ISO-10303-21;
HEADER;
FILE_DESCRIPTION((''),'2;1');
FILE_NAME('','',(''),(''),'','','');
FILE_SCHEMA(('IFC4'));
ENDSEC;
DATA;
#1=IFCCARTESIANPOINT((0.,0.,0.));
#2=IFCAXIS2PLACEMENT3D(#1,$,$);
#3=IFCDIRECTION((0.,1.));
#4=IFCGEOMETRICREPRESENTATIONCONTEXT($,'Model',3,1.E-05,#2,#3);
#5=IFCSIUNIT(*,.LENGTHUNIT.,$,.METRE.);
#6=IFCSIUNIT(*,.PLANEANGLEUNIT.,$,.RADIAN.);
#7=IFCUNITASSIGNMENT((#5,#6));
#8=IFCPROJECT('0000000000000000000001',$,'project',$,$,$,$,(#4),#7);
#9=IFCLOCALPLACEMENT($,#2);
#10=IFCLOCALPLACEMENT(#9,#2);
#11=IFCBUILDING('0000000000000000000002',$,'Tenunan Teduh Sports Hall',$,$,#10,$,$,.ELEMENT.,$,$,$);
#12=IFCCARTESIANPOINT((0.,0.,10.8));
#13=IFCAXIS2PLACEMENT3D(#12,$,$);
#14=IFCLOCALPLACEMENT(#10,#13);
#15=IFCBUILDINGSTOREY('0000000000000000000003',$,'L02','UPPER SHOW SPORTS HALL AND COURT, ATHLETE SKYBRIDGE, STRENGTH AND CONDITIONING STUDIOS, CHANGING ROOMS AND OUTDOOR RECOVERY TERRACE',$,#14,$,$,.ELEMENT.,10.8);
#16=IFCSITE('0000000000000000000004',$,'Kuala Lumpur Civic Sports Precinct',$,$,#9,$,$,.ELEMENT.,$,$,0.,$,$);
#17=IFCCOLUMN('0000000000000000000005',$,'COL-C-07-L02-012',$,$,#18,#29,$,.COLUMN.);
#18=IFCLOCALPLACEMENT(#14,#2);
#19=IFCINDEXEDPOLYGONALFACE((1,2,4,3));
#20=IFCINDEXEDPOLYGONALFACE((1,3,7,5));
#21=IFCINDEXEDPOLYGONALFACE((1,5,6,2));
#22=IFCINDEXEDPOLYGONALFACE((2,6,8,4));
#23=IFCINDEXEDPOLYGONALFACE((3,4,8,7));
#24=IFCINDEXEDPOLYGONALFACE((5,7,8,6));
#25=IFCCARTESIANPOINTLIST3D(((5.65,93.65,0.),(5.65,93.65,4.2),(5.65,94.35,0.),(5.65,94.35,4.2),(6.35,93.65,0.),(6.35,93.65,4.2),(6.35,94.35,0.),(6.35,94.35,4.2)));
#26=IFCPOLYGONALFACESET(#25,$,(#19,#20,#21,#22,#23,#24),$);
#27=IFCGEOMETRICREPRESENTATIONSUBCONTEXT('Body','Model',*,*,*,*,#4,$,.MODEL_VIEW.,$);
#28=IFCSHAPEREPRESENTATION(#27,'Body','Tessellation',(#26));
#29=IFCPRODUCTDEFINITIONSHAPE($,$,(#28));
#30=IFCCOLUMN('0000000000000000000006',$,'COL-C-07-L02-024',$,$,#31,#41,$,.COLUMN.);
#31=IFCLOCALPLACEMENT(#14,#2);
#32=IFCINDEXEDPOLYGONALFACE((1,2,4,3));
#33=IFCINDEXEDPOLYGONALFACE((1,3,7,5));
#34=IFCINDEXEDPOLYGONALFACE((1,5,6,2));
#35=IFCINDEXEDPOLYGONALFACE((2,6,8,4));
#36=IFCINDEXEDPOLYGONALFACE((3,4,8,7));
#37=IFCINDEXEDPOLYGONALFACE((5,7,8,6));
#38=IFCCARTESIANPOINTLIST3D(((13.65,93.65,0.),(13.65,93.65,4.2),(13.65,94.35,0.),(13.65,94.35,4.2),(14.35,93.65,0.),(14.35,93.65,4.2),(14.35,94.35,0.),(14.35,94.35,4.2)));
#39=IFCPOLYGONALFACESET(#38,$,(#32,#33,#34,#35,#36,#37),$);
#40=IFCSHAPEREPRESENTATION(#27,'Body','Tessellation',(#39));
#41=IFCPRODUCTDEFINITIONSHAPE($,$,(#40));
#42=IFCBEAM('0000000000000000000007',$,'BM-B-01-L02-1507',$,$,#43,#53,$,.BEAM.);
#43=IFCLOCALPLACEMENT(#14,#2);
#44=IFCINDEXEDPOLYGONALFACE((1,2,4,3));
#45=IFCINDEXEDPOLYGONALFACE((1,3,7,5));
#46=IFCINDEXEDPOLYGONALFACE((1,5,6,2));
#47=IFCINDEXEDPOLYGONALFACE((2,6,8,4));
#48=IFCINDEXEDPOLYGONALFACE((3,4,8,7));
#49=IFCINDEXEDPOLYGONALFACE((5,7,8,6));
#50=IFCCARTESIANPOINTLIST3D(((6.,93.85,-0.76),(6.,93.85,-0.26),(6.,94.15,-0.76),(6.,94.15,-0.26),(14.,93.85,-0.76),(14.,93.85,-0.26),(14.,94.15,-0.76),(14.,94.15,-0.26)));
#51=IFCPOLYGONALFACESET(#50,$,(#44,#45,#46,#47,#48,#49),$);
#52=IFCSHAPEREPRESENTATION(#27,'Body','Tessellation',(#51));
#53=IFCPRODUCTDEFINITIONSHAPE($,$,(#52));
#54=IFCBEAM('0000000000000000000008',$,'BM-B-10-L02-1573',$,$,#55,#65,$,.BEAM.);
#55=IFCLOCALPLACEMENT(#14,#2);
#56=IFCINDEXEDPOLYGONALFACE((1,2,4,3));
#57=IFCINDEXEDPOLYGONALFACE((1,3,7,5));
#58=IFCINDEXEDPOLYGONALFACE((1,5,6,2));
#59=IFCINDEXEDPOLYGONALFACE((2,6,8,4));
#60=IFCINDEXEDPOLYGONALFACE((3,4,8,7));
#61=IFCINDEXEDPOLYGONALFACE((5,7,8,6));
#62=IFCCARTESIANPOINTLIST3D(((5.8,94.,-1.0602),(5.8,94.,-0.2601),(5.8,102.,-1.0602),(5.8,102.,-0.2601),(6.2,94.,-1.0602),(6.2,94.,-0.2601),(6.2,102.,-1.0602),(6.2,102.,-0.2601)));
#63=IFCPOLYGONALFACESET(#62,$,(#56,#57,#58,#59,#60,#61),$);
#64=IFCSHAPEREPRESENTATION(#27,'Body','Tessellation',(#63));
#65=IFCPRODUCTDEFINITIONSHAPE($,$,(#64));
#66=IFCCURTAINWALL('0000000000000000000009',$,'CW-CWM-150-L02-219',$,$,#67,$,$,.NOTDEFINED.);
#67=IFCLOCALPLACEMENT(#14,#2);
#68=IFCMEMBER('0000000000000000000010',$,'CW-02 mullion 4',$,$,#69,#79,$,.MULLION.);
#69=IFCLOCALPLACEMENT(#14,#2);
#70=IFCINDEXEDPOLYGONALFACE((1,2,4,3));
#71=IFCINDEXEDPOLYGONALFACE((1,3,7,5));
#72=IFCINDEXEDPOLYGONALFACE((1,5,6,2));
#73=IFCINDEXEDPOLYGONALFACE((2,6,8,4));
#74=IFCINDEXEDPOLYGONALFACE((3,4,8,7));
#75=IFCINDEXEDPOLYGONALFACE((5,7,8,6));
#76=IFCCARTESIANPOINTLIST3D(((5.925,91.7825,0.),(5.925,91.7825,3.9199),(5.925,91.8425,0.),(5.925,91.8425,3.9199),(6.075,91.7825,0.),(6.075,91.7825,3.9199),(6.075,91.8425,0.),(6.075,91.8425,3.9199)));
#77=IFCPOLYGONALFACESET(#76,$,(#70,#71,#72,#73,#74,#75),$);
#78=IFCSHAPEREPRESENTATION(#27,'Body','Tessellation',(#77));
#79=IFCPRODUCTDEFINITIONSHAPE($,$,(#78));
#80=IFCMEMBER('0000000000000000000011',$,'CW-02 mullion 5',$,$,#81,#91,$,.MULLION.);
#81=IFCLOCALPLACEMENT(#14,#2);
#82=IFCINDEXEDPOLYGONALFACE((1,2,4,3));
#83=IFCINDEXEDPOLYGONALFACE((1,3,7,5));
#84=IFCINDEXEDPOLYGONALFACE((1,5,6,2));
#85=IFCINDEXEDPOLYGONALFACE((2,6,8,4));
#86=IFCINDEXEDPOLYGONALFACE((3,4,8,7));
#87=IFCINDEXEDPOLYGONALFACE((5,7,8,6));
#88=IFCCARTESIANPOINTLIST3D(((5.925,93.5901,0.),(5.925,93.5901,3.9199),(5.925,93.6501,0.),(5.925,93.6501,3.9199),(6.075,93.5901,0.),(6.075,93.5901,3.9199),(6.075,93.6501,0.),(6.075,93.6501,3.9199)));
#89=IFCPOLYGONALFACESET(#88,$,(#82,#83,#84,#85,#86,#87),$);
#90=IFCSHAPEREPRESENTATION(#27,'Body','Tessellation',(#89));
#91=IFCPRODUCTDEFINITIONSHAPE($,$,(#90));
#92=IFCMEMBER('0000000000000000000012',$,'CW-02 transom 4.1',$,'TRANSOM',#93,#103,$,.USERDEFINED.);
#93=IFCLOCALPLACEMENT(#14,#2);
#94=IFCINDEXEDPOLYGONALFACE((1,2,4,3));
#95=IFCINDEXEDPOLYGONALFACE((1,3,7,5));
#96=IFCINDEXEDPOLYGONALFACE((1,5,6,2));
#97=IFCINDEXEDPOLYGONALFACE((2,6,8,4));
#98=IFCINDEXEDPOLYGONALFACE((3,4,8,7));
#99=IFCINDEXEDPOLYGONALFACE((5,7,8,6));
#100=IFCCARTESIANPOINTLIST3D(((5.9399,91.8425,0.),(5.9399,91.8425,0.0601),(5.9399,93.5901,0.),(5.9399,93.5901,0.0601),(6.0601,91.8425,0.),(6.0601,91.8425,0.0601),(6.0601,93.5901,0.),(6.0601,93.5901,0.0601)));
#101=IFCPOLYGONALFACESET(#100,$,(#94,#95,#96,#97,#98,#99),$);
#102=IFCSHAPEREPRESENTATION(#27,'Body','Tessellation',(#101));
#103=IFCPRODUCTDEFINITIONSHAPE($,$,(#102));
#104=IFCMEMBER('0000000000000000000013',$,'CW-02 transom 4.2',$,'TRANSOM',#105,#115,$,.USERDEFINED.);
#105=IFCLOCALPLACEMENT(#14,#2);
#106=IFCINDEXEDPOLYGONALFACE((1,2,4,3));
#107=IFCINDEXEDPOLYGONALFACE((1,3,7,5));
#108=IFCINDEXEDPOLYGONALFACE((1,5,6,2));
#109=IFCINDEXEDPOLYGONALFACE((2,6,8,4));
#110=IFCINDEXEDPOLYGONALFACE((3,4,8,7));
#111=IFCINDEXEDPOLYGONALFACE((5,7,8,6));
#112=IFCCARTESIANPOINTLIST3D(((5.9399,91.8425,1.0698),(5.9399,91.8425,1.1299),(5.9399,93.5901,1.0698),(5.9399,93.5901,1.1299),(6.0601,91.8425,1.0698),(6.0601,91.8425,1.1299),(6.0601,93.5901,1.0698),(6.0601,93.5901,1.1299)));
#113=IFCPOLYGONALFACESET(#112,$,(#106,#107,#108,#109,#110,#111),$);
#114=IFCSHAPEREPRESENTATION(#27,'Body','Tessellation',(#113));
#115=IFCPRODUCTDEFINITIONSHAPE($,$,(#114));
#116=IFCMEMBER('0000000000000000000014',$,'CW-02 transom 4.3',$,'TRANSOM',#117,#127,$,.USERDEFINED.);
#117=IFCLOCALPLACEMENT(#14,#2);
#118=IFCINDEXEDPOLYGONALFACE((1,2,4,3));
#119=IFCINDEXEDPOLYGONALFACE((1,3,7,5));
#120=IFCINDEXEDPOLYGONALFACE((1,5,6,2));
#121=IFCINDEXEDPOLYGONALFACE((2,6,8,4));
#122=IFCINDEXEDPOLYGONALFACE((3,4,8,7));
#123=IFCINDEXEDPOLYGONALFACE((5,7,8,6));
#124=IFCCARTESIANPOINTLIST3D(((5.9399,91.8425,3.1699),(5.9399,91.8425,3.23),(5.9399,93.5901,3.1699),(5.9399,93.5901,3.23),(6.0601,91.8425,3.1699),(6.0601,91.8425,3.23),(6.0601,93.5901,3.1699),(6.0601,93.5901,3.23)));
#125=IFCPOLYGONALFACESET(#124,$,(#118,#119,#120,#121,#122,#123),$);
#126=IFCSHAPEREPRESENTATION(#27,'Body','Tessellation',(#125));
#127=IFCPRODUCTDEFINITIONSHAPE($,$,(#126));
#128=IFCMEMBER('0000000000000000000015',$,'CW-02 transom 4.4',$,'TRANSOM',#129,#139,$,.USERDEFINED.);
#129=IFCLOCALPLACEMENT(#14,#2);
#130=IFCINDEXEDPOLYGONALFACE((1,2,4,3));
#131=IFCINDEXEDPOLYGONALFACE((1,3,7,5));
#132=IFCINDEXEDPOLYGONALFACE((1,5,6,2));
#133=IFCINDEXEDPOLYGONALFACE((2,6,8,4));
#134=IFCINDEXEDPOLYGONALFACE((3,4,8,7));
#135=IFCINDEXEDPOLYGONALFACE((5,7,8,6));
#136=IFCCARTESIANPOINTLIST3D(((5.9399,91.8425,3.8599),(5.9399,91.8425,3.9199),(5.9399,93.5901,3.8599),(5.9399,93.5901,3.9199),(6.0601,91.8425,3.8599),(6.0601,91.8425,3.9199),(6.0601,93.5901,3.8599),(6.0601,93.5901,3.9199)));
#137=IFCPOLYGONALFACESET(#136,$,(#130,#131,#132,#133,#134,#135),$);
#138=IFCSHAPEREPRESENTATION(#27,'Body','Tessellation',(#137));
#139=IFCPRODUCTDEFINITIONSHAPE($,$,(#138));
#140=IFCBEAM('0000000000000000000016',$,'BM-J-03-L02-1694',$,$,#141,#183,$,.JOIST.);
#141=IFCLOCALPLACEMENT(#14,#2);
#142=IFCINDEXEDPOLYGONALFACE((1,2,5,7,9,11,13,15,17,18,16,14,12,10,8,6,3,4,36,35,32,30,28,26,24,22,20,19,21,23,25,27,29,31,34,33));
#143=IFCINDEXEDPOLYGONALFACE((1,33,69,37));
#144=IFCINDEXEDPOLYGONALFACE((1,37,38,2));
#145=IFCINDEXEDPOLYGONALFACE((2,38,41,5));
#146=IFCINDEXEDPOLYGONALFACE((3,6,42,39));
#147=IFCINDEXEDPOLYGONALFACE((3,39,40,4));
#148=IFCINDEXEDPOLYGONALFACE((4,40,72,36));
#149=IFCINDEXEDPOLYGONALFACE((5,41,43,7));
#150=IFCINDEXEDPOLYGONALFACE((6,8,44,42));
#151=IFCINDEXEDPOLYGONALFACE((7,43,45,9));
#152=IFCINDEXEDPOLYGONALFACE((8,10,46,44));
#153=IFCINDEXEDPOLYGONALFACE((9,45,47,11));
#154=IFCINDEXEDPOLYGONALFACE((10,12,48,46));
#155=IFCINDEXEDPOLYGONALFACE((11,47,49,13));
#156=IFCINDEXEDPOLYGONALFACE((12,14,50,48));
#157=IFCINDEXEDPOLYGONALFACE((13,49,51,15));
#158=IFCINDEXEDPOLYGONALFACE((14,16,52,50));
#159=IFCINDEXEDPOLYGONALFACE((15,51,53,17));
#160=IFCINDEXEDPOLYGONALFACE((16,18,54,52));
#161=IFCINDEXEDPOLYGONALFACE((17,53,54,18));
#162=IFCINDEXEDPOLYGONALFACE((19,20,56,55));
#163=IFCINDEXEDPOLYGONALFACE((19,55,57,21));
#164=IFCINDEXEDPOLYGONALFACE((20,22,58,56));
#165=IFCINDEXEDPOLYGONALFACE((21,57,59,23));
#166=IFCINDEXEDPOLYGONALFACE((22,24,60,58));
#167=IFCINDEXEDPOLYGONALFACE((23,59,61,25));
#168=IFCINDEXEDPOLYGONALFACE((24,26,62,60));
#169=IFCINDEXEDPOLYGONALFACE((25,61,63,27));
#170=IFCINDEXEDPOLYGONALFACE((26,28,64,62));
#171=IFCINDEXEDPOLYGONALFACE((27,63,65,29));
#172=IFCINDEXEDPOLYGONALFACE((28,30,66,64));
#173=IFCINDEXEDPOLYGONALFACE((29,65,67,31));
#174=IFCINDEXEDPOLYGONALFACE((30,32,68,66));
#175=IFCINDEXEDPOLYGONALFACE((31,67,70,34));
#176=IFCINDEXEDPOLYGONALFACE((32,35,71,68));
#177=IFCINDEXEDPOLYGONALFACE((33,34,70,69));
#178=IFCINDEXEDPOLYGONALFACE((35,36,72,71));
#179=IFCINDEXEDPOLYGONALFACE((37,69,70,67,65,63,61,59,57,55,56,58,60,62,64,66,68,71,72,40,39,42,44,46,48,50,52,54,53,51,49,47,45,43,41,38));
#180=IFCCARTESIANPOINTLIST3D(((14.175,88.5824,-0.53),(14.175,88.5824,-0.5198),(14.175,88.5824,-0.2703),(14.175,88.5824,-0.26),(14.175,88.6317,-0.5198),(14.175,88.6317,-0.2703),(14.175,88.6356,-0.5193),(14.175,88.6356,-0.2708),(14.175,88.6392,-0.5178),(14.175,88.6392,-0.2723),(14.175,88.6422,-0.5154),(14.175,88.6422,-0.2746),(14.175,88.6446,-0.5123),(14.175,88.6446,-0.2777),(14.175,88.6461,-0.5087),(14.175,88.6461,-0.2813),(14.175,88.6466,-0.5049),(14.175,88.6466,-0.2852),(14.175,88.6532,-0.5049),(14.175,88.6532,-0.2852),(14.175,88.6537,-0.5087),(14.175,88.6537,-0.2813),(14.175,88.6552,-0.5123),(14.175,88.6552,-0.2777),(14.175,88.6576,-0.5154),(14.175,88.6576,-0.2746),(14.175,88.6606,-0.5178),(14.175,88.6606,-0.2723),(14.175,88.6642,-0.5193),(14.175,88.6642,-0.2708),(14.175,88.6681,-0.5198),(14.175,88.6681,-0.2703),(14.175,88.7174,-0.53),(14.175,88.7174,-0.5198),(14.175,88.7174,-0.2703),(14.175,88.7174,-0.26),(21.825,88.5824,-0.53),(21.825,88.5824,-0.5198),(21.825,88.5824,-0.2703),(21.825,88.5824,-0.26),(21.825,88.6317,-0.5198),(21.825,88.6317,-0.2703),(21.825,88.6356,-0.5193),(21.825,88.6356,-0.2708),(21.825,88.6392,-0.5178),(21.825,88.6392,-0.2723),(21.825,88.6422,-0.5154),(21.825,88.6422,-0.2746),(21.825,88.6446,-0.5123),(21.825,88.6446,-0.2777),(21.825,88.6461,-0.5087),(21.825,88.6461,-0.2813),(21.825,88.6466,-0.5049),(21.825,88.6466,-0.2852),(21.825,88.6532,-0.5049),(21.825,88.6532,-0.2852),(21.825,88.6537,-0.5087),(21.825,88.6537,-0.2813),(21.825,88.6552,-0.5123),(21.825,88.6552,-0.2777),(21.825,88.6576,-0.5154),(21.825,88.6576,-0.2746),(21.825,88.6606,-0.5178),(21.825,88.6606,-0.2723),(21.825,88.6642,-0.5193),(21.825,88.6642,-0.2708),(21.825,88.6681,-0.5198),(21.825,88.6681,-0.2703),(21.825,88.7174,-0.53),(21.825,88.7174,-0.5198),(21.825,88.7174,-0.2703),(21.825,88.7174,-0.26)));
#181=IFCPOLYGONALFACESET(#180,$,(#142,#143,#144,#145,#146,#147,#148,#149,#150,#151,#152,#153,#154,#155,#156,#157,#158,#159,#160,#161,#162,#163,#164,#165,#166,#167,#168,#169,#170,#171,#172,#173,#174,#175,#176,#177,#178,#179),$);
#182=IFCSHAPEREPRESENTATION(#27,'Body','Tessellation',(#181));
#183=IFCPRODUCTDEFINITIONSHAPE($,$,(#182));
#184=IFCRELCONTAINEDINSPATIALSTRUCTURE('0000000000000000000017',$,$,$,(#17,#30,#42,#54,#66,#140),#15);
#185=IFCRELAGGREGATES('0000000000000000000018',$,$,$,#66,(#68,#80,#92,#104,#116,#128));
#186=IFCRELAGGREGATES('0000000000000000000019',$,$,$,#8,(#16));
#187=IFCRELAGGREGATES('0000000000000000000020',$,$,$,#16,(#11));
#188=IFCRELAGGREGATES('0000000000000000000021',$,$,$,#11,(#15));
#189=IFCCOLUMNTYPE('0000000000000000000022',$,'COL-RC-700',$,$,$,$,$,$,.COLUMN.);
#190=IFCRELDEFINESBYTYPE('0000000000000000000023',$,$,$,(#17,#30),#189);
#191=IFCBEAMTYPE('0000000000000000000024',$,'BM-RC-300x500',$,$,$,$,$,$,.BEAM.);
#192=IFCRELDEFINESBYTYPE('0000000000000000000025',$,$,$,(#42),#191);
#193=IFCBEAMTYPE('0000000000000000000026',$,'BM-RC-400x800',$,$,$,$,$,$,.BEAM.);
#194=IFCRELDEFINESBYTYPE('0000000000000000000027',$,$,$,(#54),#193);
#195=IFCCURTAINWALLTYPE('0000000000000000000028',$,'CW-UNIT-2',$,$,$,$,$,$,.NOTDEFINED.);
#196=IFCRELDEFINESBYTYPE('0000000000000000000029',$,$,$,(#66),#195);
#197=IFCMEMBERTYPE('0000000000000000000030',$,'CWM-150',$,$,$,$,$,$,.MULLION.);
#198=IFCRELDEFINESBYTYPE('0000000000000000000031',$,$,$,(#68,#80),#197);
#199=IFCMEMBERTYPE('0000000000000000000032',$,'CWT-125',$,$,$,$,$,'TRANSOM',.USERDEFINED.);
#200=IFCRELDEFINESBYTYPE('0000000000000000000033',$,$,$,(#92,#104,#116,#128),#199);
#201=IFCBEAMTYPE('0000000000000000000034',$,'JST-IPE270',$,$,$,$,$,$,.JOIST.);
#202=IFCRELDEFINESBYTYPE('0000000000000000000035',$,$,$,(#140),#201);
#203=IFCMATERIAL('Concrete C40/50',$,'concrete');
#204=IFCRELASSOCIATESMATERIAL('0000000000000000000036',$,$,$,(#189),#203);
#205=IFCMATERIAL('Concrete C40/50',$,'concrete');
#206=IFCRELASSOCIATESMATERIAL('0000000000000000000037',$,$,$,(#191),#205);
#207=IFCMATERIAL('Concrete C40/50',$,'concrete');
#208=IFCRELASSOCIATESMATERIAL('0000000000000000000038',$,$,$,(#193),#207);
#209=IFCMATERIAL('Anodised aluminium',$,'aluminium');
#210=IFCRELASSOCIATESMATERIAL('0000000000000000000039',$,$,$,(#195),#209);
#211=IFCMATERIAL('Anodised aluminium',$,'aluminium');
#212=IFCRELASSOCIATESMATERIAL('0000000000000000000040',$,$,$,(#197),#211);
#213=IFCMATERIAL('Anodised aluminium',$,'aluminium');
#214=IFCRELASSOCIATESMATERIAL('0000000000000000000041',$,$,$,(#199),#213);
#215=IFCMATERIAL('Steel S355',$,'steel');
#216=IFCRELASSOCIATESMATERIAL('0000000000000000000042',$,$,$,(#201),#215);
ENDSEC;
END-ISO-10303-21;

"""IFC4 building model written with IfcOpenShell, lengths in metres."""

from ifc_helpers import new_model, si_unit, direction, frame, origin, origin_2d, place, context, subcontext, project, spatial, rectangle, i_section, extrude, material, material_profile, profile_set, type_object, element, aggregate, save


model = new_model("IFC4")

# Units and contexts
model_context = context("Model", 3, precision=1e-05, world=origin(), true_north=direction((0.0, 1.0)))
body_context = subcontext(model_context, "Body", "Model", "MODEL_VIEW")
ifc_project = project(units=[si_unit("LENGTHUNIT", "METRE"), si_unit("PLANEANGLEUNIT", "RADIAN")], contexts=[model_context])

# Site, building, storey
site_placement = place(None, origin())
site = spatial("IfcSite", under=ifc_project, at=site_placement, Name="Kuala Lumpur Civic Sports Precinct", CompositionType="ELEMENT", RefElevation=0.0)
building_placement = place(site_placement, origin())
building = spatial("IfcBuilding", under=site, at=building_placement, Name="Tenunan Teduh Sports Hall", CompositionType="ELEMENT")
storey_placement = place(building_placement, frame((0.0, 0.0, 10.8)))
storey = spatial("IfcBuildingStorey", under=building, at=storey_placement, Name="L02", Description="UPPER SHOW SPORTS HALL AND COURT, ATHLETE SKYBRIDGE, STRENGTH AND CONDITIONING STUDIOS, CHANGING ROOMS AND OUTDOOR RECOVERY TERRACE", CompositionType="ELEMENT", Elevation=10.8)

# Columns
ifc_material_1 = material(Name="Concrete C40/50", Category="concrete")
ifc_material_profile_1 = material_profile(ifc_material_1, rectangle(XDim=0.7, YDim=0.7, at=origin_2d()), Name="RC 700x700")
ifc_profile_set_1 = profile_set([ifc_material_profile_1], Name="Concrete C40/50")
column_type = type_object("IfcColumnType", Name="COL-RC-700", PredefinedType="COLUMN", material=ifc_profile_set_1)
for number, where, z_axis, x_axis, name in (
    (1, (6.0, 94.0, 0.0), (0.0, 0.0, 1.0), (1.0, 0.0, 0.0), "COL-C-07-L02-012"),
    (2, (14.0, 94.0, 0.0), (0.0, 0.0, 1.0), (1.0, 0.0, 0.0), "COL-C-07-L02-024"),
):
    element("IfcColumn", number, at=place(storey_placement, frame(where, z_axis=z_axis, x_axis=x_axis)), inside=storey, type_object=column_type, Name=name, PredefinedType="COLUMN", context=body_context, shape_type="SweptSolid", body=[
        extrude(rectangle(XDim=0.7, YDim=0.7, at=origin_2d()), origin(), (0.0, 0.0, 1.0), 4.2),
    ])

# Beams
ifc_material_2 = material(Name="Concrete C40/50", Category="concrete")
ifc_material_profile_2 = material_profile(ifc_material_2, rectangle(XDim=0.3, YDim=0.5, at=origin_2d()), Name="RCB 300x500")
ifc_profile_set_2 = profile_set([ifc_material_profile_2], Name="Concrete C40/50")
beam_type_1 = type_object("IfcBeamType", Name="BM-RC-300x500", PredefinedType="BEAM", material=ifc_profile_set_2)
beam_1_placement = place(storey_placement, frame((6.0, 94.0, -0.51), z_axis=(1.0, 0.0, 0.0), x_axis=(0.0, 1.0, 0.0)))
element("IfcBeam", 3, at=beam_1_placement, inside=storey, type_object=beam_type_1, Name="BM-B-01-L02-1507", PredefinedType="BEAM", context=body_context, shape_type="SweptSolid", body=[
    extrude(rectangle(XDim=0.3, YDim=0.5, at=origin_2d()), origin(), (0.0, 0.0, 1.0), 8.0),
])
ifc_material_3 = material(Name="Concrete C40/50", Category="concrete")
ifc_material_profile_3 = material_profile(ifc_material_3, rectangle(XDim=0.3999, YDim=0.8, at=origin_2d()), Name="RCB 400x800")
ifc_profile_set_3 = profile_set([ifc_material_profile_3], Name="Concrete C40/50")
beam_type_2 = type_object("IfcBeamType", Name="BM-RC-400x800", PredefinedType="BEAM", material=ifc_profile_set_3)
beam_2_placement = place(storey_placement, frame((6.0, 94.0, -0.6602), z_axis=(0.0, 1.0, 0.0), x_axis=(-1.0, 0.0, 0.0)))
element("IfcBeam", 4, at=beam_2_placement, inside=storey, type_object=beam_type_2, Name="BM-B-10-L02-1573", PredefinedType="BEAM", context=body_context, shape_type="SweptSolid", body=[
    extrude(rectangle(XDim=0.3999, YDim=0.8, at=origin_2d()), origin(), (0.0, 0.0, 1.0), 8.0),
])

# Curtain wall, members
ifc_material_4 = material(Name="Anodised aluminium", Category="aluminium")
curtain_wall_type = type_object("IfcCurtainWallType", Name="CW-UNIT-2", PredefinedType="NOTDEFINED", material=ifc_material_4)
curtain_wall_placement = place(storey_placement, origin())
curtain_wall = element("IfcCurtainWall", 5, at=curtain_wall_placement, inside=storey, type_object=curtain_wall_type, Name="CW-CWM-150-L02-219", PredefinedType="NOTDEFINED")
ifc_material_5 = material(Name="Anodised aluminium", Category="aluminium")
ifc_material_profile_4 = material_profile(ifc_material_5, rectangle(XDim=0.0601, YDim=0.1499, at=origin_2d()), Name="CWM 60x150")
ifc_profile_set_4 = profile_set([ifc_material_profile_4], Name="Anodised aluminium")
member_type_1 = type_object("IfcMemberType", Name="CWM-150", PredefinedType="MULLION", material=ifc_profile_set_4)
member_1_placement = place(storey_placement, frame((6.0, 91.8125, 0.0), z_axis=(0.0, 0.0, 1.0), x_axis=(0.0, 1.0, 0.0)))
member_1 = element("IfcMember", 6, at=member_1_placement, type_object=member_type_1, Name="CW-02 mullion 4", PredefinedType="MULLION", context=body_context, shape_type="SweptSolid", body=[
    extrude(rectangle(XDim=0.0601, YDim=0.1499, at=origin_2d()), origin(), (0.0, 0.0, 1.0), 3.9199),
])
member_2_placement = place(storey_placement, frame((6.0, 93.6201, 0.0), z_axis=(0.0, 0.0, 1.0), x_axis=(0.0, 1.0, 0.0)))
member_2 = element("IfcMember", 7, at=member_2_placement, type_object=member_type_1, Name="CW-02 mullion 5", PredefinedType="MULLION", context=body_context, shape_type="SweptSolid", body=[
    extrude(rectangle(XDim=0.0601, YDim=0.1499, at=origin_2d()), origin(), (0.0, 0.0, 1.0), 3.9199),
])
ifc_material_6 = material(Name="Anodised aluminium", Category="aluminium")
ifc_material_profile_5 = material_profile(ifc_material_6, rectangle(XDim=0.0601, YDim=0.1201, at=origin_2d()), Name="CWT 60x120")
ifc_profile_set_5 = profile_set([ifc_material_profile_5], Name="Anodised aluminium")
member_type_2 = type_object("IfcMemberType", Name="CWT-125", ElementType="TRANSOM", PredefinedType="USERDEFINED", material=ifc_profile_set_5)
member_3_placement = place(storey_placement, frame((6.0, 91.8425, 0.03), z_axis=(0.0, 1.0, 0.0), x_axis=(0.0, 0.0, 1.0)))
member_3 = element("IfcMember", 8, at=member_3_placement, type_object=member_type_2, Name="CW-02 transom 4.1", ObjectType="TRANSOM", PredefinedType="USERDEFINED", context=body_context, shape_type="SweptSolid", body=[
    extrude(rectangle(XDim=0.0601, YDim=0.1201, at=origin_2d()), origin(), (0.0, 0.0, 1.0), 1.7476),
])
member_4_placement = place(storey_placement, frame((6.0, 91.8425, 1.0999), z_axis=(0.0, 1.0, 0.0), x_axis=(0.0, 0.0, 1.0)))
member_4 = element("IfcMember", 9, at=member_4_placement, type_object=member_type_2, Name="CW-02 transom 4.2", ObjectType="TRANSOM", PredefinedType="USERDEFINED", context=body_context, shape_type="SweptSolid", body=[
    extrude(rectangle(XDim=0.0601, YDim=0.1201, at=origin_2d()), origin(), (0.0, 0.0, 1.0), 1.7476),
])
member_5_placement = place(storey_placement, frame((6.0, 91.8425, 3.2), z_axis=(0.0, 1.0, 0.0), x_axis=(0.0, 0.0, 1.0)))
member_5 = element("IfcMember", 10, at=member_5_placement, type_object=member_type_2, Name="CW-02 transom 4.3", ObjectType="TRANSOM", PredefinedType="USERDEFINED", context=body_context, shape_type="SweptSolid", body=[
    extrude(rectangle(XDim=0.0601, YDim=0.1201, at=origin_2d()), origin(), (0.0, 0.0, 1.0), 1.7476),
])
member_6_placement = place(storey_placement, frame((6.0, 91.8425, 3.8899), z_axis=(0.0, 1.0, 0.0), x_axis=(0.0, 0.0, 1.0)))
member_6 = element("IfcMember", 11, at=member_6_placement, type_object=member_type_2, Name="CW-02 transom 4.4", ObjectType="TRANSOM", PredefinedType="USERDEFINED", context=body_context, shape_type="SweptSolid", body=[
    extrude(rectangle(XDim=0.0601, YDim=0.1201, at=origin_2d()), origin(), (0.0, 0.0, 1.0), 1.7476),
])

# Beam
ifc_material_7 = material(Name="Steel S355", Category="steel")
ifc_material_profile_6 = material_profile(ifc_material_7, i_section(OverallWidth=0.135, OverallDepth=0.27, WebThickness=0.0066, FlangeThickness=0.0103, FilletRadius=0.0149, at=origin_2d()), Name="IPE 270")
ifc_profile_set_6 = profile_set([ifc_material_profile_6], Name="Steel S355")
beam_type_3 = type_object("IfcBeamType", Name="JST-IPE270", PredefinedType="JOIST", material=ifc_profile_set_6)
beam_3_placement = place(storey_placement, frame((14.175, 88.6499, -0.395), z_axis=(1.0, 0.0, 0.0), x_axis=(0.0, 1.0, 0.0)))
element("IfcBeam", 12, at=beam_3_placement, inside=storey, type_object=beam_type_3, Name="BM-J-03-L02-1694", PredefinedType="JOIST", context=body_context, shape_type="SweptSolid", body=[
    extrude(i_section(OverallWidth=0.135, OverallDepth=0.27, WebThickness=0.0066, FlangeThickness=0.0103, FilletRadius=0.0149, at=origin_2d()), origin(), (0.0, 0.0, 1.0), 7.6499),
])

aggregate(curtain_wall, [member_1, member_2, member_3, member_4, member_5, member_6])

save(model, "model.ifc")
